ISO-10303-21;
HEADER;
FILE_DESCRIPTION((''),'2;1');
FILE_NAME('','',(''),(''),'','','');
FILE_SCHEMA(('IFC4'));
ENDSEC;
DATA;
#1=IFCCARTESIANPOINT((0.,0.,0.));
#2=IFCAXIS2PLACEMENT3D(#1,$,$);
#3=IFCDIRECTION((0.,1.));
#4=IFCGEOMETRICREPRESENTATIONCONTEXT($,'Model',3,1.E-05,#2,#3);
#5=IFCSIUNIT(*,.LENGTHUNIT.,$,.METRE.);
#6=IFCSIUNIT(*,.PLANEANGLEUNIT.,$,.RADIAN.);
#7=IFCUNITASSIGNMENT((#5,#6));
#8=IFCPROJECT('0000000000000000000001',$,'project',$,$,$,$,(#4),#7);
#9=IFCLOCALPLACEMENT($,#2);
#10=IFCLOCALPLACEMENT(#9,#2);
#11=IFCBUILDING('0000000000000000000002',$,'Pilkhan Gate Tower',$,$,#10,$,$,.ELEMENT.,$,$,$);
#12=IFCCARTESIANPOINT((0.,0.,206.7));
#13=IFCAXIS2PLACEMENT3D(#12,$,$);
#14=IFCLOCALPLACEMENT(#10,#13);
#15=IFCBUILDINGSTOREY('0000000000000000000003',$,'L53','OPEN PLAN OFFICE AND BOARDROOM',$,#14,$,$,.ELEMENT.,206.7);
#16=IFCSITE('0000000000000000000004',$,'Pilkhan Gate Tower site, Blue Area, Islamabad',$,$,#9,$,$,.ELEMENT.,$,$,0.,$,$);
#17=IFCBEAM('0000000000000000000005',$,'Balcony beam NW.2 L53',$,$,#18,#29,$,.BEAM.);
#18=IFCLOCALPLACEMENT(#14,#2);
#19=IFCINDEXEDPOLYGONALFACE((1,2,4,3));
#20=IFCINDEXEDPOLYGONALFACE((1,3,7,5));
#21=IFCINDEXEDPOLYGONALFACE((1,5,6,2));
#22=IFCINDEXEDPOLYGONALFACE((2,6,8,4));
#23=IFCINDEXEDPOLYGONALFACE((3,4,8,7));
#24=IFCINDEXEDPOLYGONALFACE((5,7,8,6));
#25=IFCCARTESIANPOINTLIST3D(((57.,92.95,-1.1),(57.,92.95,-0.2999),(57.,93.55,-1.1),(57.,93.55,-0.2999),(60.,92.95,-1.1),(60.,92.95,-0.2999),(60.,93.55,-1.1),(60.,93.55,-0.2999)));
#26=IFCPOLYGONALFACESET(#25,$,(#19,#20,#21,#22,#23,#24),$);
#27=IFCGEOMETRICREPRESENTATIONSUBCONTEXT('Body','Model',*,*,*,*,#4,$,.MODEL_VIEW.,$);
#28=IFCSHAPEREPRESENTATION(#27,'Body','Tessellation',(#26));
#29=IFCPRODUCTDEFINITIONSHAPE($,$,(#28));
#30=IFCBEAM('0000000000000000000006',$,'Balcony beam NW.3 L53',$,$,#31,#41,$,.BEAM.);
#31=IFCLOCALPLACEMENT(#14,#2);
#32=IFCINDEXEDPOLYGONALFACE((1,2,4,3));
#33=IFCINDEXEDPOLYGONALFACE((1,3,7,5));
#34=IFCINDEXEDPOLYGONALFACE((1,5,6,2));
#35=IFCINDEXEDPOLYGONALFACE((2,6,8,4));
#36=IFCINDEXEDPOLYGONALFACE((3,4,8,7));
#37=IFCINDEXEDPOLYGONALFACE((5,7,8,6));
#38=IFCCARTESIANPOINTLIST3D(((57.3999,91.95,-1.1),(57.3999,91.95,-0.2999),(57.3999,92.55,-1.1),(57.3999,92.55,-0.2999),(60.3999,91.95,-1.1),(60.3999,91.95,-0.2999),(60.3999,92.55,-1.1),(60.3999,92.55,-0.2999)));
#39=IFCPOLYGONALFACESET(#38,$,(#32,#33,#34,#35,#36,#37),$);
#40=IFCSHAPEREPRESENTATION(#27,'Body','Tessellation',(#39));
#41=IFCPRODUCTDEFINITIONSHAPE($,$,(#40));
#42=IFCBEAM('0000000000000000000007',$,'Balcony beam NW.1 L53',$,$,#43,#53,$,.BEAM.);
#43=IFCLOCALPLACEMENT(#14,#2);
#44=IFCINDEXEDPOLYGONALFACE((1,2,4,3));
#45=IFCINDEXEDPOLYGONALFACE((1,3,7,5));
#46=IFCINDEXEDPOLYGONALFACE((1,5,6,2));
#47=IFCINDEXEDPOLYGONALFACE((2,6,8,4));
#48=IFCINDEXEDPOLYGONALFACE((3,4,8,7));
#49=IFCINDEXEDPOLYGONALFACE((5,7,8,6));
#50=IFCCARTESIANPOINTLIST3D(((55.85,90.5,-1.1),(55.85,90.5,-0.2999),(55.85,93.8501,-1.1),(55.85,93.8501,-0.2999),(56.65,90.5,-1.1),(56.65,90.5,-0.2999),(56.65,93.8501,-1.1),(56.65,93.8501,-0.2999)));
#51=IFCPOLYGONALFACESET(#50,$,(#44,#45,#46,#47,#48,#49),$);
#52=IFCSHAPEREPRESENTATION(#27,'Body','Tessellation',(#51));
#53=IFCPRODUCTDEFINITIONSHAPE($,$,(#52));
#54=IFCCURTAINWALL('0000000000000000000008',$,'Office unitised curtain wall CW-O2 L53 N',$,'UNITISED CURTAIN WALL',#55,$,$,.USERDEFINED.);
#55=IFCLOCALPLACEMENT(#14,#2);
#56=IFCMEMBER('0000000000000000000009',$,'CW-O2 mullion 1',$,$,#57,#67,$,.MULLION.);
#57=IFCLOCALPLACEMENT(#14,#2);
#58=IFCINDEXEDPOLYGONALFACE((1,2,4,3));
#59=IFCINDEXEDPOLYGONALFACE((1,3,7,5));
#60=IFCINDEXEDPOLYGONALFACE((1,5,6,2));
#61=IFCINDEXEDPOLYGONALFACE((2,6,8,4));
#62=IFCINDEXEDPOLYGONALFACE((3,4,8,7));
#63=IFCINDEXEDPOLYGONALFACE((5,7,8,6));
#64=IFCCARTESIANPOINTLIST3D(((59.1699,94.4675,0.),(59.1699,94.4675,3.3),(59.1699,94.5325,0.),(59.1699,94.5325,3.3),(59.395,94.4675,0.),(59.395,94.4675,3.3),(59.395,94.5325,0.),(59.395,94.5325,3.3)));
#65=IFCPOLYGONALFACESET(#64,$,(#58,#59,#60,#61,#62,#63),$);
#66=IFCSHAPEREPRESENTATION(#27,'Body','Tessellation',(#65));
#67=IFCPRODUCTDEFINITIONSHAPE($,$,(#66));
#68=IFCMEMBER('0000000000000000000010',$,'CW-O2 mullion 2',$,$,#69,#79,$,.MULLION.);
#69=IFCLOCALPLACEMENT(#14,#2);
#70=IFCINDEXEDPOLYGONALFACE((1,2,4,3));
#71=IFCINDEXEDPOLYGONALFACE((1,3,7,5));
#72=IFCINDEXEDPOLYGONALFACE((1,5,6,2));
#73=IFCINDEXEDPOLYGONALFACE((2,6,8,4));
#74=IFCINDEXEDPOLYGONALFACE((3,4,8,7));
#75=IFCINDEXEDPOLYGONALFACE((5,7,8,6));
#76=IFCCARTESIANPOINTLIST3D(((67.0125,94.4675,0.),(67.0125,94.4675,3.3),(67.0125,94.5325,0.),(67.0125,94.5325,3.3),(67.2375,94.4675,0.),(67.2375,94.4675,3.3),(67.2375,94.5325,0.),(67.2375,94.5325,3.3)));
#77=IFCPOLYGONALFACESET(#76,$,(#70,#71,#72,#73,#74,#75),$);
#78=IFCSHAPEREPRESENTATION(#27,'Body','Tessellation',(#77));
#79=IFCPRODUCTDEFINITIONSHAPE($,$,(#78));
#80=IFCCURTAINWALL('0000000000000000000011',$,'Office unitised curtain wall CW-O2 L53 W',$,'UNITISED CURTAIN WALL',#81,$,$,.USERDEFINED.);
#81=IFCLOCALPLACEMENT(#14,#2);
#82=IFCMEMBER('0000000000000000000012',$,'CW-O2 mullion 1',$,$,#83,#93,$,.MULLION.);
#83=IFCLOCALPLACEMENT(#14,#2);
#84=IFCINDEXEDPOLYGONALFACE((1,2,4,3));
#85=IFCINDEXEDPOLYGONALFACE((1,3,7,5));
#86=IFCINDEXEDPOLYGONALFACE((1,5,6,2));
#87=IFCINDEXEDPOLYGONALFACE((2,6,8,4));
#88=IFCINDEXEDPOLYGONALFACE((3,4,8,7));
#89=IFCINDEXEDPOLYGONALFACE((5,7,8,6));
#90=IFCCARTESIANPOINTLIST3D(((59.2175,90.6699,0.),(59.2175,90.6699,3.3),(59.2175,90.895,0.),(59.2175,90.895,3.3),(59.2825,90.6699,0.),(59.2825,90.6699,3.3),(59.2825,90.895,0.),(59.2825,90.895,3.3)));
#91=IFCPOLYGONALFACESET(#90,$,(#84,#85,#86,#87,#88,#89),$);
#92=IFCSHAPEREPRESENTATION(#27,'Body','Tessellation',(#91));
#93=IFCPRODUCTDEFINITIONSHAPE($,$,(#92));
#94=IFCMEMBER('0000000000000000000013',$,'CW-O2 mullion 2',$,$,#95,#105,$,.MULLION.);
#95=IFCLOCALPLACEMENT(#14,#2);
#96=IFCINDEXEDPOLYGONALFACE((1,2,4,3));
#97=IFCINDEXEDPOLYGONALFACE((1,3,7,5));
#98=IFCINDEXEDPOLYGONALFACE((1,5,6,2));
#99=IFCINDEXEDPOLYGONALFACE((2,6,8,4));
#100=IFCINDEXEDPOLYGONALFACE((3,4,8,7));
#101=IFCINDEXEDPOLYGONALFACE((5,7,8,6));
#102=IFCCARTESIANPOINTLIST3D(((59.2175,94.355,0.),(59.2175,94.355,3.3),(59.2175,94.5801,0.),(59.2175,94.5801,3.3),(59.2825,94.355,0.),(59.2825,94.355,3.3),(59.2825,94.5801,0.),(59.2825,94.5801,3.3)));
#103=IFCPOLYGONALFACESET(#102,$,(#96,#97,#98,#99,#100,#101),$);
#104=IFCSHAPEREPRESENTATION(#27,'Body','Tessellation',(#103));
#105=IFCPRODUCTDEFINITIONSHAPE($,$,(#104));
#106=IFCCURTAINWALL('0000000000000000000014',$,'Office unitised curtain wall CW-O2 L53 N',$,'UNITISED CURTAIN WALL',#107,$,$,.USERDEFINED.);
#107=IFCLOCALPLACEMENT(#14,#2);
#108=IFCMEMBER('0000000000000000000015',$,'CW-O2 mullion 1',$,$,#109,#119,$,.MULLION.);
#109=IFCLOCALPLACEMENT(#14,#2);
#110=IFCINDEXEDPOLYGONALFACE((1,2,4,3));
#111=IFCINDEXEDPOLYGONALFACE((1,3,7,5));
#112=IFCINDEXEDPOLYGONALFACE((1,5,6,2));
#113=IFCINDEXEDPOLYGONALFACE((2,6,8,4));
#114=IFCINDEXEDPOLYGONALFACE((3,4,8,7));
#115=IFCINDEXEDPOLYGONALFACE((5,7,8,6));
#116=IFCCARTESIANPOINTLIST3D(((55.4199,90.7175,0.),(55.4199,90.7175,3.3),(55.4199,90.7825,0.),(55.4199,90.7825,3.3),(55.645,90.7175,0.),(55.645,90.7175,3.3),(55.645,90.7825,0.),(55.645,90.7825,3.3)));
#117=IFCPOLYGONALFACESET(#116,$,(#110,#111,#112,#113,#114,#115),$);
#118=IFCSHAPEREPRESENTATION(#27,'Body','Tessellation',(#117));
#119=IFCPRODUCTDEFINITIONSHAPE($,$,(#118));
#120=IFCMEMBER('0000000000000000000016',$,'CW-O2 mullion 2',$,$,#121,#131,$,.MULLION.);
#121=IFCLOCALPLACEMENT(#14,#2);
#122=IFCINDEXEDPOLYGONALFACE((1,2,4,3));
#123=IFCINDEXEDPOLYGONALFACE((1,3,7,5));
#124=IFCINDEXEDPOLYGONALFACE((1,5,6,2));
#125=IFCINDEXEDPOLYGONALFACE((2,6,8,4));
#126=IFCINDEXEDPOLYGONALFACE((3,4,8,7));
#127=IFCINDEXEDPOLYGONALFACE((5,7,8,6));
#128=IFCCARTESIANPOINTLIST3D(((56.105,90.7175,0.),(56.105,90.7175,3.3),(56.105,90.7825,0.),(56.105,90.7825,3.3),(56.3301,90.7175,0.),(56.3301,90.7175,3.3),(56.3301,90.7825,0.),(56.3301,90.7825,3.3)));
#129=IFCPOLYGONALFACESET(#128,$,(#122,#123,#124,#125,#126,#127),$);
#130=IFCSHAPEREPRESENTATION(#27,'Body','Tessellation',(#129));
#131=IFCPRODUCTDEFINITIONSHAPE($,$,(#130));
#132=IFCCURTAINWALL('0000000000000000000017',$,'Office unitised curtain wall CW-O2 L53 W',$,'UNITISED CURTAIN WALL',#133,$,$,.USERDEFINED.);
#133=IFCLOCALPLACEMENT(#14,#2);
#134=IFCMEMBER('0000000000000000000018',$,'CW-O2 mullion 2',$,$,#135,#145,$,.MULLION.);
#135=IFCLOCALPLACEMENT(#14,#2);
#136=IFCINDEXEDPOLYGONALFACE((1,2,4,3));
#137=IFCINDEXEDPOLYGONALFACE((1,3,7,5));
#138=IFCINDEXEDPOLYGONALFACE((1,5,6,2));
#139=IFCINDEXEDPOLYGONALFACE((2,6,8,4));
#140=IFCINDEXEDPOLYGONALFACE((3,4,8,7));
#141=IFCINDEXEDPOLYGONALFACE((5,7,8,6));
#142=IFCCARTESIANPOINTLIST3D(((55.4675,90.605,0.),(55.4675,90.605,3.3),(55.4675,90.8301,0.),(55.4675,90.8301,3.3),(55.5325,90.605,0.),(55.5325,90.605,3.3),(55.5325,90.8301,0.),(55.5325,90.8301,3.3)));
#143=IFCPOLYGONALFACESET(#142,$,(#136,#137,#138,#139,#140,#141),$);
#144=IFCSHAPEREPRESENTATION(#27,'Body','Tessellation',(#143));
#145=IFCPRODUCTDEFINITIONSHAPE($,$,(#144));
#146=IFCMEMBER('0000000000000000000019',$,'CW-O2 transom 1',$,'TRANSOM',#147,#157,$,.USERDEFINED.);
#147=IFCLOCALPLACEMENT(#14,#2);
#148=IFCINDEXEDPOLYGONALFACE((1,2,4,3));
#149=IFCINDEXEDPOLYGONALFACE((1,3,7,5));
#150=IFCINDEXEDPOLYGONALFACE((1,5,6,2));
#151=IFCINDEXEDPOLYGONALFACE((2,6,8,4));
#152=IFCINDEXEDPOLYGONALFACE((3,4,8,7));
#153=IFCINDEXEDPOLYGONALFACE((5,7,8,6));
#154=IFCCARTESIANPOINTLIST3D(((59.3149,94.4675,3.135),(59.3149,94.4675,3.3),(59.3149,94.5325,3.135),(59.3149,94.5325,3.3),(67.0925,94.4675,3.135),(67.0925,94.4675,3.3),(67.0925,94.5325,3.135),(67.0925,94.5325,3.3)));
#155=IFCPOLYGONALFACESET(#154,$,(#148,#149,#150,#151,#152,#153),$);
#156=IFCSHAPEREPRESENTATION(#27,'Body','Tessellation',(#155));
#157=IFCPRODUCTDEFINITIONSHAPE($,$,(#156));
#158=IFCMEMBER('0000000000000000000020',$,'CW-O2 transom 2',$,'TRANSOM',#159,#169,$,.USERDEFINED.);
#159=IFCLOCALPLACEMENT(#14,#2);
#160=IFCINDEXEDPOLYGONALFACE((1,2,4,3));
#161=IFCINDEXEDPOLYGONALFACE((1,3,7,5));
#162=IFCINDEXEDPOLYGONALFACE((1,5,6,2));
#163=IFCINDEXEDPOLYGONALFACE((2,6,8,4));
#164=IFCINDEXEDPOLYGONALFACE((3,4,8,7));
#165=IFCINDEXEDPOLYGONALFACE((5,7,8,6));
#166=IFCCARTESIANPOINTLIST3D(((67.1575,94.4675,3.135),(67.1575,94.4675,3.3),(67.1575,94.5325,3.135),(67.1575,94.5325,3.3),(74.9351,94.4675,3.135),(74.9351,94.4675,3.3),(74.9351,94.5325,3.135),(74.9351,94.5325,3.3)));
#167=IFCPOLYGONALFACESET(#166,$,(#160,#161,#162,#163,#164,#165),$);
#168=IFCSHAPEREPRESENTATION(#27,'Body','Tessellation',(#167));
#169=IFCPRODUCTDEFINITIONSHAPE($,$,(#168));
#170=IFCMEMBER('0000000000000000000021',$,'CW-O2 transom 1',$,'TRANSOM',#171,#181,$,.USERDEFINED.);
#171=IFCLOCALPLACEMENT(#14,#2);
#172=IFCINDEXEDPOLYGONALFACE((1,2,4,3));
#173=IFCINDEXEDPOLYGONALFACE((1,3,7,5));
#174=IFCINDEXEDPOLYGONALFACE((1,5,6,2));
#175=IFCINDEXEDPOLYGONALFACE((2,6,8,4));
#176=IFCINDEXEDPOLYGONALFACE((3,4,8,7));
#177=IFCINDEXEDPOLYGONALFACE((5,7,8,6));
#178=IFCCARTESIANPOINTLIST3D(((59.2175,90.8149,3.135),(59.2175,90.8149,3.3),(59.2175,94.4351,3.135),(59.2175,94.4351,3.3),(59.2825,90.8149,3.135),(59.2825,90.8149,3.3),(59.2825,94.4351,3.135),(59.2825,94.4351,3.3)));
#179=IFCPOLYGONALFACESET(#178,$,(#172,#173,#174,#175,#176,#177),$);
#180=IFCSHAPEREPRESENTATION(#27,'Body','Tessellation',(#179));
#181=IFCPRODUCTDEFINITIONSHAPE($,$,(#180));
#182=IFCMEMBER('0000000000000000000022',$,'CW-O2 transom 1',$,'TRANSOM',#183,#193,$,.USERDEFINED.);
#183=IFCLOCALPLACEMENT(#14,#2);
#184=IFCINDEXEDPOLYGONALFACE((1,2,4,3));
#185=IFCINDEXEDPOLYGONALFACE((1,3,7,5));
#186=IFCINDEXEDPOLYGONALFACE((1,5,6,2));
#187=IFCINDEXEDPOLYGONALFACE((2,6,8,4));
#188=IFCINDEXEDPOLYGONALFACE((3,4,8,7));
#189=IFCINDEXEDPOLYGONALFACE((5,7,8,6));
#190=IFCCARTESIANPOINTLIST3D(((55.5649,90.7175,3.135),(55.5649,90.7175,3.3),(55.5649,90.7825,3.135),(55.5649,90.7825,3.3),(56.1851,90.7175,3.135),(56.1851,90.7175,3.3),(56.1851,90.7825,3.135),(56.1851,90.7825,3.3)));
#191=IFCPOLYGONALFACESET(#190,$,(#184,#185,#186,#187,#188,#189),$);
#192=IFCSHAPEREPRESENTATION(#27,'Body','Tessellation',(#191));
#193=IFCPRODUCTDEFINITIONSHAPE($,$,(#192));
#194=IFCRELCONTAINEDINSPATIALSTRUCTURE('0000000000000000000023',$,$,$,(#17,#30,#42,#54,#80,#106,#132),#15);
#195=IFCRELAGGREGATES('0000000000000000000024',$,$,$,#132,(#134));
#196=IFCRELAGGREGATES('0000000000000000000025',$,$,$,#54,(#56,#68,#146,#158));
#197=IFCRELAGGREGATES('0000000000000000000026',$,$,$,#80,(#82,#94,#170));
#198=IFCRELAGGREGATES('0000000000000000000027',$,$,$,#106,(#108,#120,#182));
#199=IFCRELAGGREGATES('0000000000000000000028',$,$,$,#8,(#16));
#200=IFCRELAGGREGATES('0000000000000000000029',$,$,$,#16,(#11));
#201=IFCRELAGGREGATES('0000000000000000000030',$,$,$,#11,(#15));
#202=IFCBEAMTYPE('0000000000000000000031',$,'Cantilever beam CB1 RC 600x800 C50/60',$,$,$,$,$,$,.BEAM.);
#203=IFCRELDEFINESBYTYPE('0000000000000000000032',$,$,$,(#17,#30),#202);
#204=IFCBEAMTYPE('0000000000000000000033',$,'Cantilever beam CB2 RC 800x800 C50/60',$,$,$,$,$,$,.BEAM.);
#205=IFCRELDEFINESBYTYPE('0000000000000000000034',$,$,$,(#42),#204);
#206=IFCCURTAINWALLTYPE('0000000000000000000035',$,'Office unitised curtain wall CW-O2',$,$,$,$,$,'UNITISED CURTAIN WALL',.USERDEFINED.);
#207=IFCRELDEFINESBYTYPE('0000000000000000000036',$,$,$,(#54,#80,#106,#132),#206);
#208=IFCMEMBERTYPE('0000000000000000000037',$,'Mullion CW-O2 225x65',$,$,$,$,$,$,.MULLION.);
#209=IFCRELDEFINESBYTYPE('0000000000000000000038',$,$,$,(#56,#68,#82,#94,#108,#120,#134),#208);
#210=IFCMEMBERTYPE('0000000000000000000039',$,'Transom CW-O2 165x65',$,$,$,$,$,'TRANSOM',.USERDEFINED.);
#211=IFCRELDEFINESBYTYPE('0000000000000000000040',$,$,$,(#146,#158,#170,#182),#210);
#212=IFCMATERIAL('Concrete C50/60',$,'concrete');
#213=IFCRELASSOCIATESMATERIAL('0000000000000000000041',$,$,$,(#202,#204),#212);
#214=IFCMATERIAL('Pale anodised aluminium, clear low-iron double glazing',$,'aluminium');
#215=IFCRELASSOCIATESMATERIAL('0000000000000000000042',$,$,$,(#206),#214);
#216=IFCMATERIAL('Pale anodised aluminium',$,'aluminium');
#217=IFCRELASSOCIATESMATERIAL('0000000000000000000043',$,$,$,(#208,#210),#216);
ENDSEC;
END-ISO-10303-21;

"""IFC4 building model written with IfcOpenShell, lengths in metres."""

from ifc_helpers import new_model, si_unit, direction, frame, origin, origin_2d, place, context, subcontext, project, spatial, rectangle, extrude, material, material_profile, profile_set, type_object, element, aggregate, save


model = new_model("IFC4")

# Units and contexts
model_context = context("Model", 3, precision=1e-05, world=origin(), true_north=direction((0.0, 1.0)))
body_context = subcontext(model_context, "Body", "Model", "MODEL_VIEW")
ifc_project = project(units=[si_unit("LENGTHUNIT", "METRE"), si_unit("PLANEANGLEUNIT", "RADIAN")], contexts=[model_context])

# Site, building, storey
site_placement = place(None, origin())
site = spatial("IfcSite", under=ifc_project, at=site_placement, Name="Pilkhan Gate Tower site, Blue Area, Islamabad", CompositionType="ELEMENT", RefElevation=0.0)
building_placement = place(site_placement, origin())
building = spatial("IfcBuilding", under=site, at=building_placement, Name="Pilkhan Gate Tower", CompositionType="ELEMENT")
storey_placement = place(building_placement, frame((0.0, 0.0, 206.7)))
storey = spatial("IfcBuildingStorey", under=building, at=storey_placement, Name="L53", Description="OPEN PLAN OFFICE AND BOARDROOM", CompositionType="ELEMENT", Elevation=206.7)

# Beams
ifc_material_1 = material(Name="Concrete C50/60", Category="concrete")
ifc_material_profile_1 = material_profile(ifc_material_1, rectangle(XDim=0.6001, YDim=0.8, at=origin_2d()), Name="RC 600x800")
ifc_profile_set_1 = profile_set([ifc_material_profile_1], Name="Concrete C50/60")
beam_type_1 = type_object("IfcBeamType", Name="Cantilever beam CB1 RC 600x800 C50/60", PredefinedType="BEAM", material=ifc_profile_set_1)
for number, where, z_axis, x_axis, name in (
    (1, (60.0, 93.25, -0.7), (-1.0, 0.0, 0.0), (0.0, -1.0, 0.0), "Balcony beam NW.2 L53"),
    (2, (60.3999, 92.25, -0.7), (-1.0, 0.0, 0.0), (0.0, -1.0, 0.0), "Balcony beam NW.3 L53"),
):
    element("IfcBeam", number, at=place(storey_placement, frame(where, z_axis=z_axis, x_axis=x_axis)), inside=storey, type_object=beam_type_1, Name=name, PredefinedType="BEAM", context=body_context, shape_type="SweptSolid", body=[
        extrude(rectangle(XDim=0.6001, YDim=0.8, at=origin_2d()), origin(), (0.0, 0.0, 1.0), 3.0),
    ])
ifc_material_profile_2 = material_profile(ifc_material_1, rectangle(XDim=0.8, YDim=0.8, at=origin_2d()), Name="RC 800x800")
ifc_profile_set_2 = profile_set([ifc_material_profile_2], Name="Concrete C50/60")
beam_type_2 = type_object("IfcBeamType", Name="Cantilever beam CB2 RC 800x800 C50/60", PredefinedType="BEAM", material=ifc_profile_set_2)
beam_placement = place(storey_placement, frame((56.25, 90.5, -0.7), z_axis=(0.0, 1.0, 0.0), x_axis=(-1.0, 0.0, 0.0)))
element("IfcBeam", 3, at=beam_placement, inside=storey, type_object=beam_type_2, Name="Balcony beam NW.1 L53", PredefinedType="BEAM", context=body_context, shape_type="SweptSolid", body=[
    extrude(rectangle(XDim=0.8, YDim=0.8, at=origin_2d()), origin(), (0.0, 0.0, 1.0), 3.3501),
])

# Curtain walls, members
ifc_material_2 = material(Name="Pale anodised aluminium, clear low-iron double glazing", Category="aluminium")
curtain_wall_type = type_object("IfcCurtainWallType", Name="Office unitised curtain wall CW-O2", ElementType="UNITISED CURTAIN WALL", PredefinedType="USERDEFINED", material=ifc_material_2)
curtain_wall_1_placement = place(storey_placement, origin())
curtain_wall_1 = element("IfcCurtainWall", 4, at=curtain_wall_1_placement, inside=storey, type_object=curtain_wall_type, Name="Office unitised curtain wall CW-O2 L53 N", ObjectType="UNITISED CURTAIN WALL", PredefinedType="USERDEFINED")
ifc_material_3 = material(Name="Pale anodised aluminium", Category="aluminium")
ifc_material_profile_3 = material_profile(ifc_material_3, rectangle(XDim=0.0649, YDim=0.2251, at=origin_2d()), Name="Mullion 225x65")
ifc_profile_set_3 = profile_set([ifc_material_profile_3], Name="Pale anodised aluminium")
member_type_1 = type_object("IfcMemberType", Name="Mullion CW-O2 225x65", PredefinedType="MULLION", material=ifc_profile_set_3)
member_1_placement = place(storey_placement, frame((59.2825, 94.5, 0.0), z_axis=(0.0, 0.0, 1.0), x_axis=(0.0, 1.0, 0.0)))
member_1 = element("IfcMember", 5, at=member_1_placement, type_object=member_type_1, Name="CW-O2 mullion 1", PredefinedType="MULLION", context=body_context, shape_type="SweptSolid", body=[
    extrude(rectangle(XDim=0.0649, YDim=0.2251, at=origin_2d()), origin(), (0.0, 0.0, 1.0), 3.3),
])
member_2_placement = place(storey_placement, frame((67.125, 94.5, 0.0), z_axis=(0.0, 0.0, 1.0), x_axis=(0.0, 1.0, 0.0)))
member_2 = element("IfcMember", 6, at=member_2_placement, type_object=member_type_1, Name="CW-O2 mullion 2", PredefinedType="MULLION", context=body_context, shape_type="SweptSolid", body=[
    extrude(rectangle(XDim=0.0649, YDim=0.2251, at=origin_2d()), origin(), (0.0, 0.0, 1.0), 3.3),
])
curtain_wall_2_placement = place(storey_placement, origin())
curtain_wall_2 = element("IfcCurtainWall", 7, at=curtain_wall_2_placement, inside=storey, type_object=curtain_wall_type, Name="Office unitised curtain wall CW-O2 L53 W", ObjectType="UNITISED CURTAIN WALL", PredefinedType="USERDEFINED")
member_3_placement = place(storey_placement, frame((59.25, 90.7825, 0.0), z_axis=(0.0, 0.0, 1.0), x_axis=(-1.0, 0.0, 0.0)))
member_3 = element("IfcMember", 8, at=member_3_placement, type_object=member_type_1, Name="CW-O2 mullion 1", PredefinedType="MULLION", context=body_context, shape_type="SweptSolid", body=[
    extrude(rectangle(XDim=0.0649, YDim=0.2251, at=origin_2d()), origin(), (0.0, 0.0, 1.0), 3.3),
])
member_4_placement = place(storey_placement, frame((59.25, 94.4675, 0.0), z_axis=(0.0, 0.0, 1.0), x_axis=(-1.0, 0.0, 0.0)))
member_4 = element("IfcMember", 9, at=member_4_placement, type_object=member_type_1, Name="CW-O2 mullion 2", PredefinedType="MULLION", context=body_context, shape_type="SweptSolid", body=[
    extrude(rectangle(XDim=0.0649, YDim=0.2251, at=origin_2d()), origin(), (0.0, 0.0, 1.0), 3.3),
])
curtain_wall_3_placement = place(storey_placement, origin())
curtain_wall_3 = element("IfcCurtainWall", 10, at=curtain_wall_3_placement, inside=storey, type_object=curtain_wall_type, Name="Office unitised curtain wall CW-O2 L53 N", ObjectType="UNITISED CURTAIN WALL", PredefinedType="USERDEFINED")
member_5_placement = place(storey_placement, frame((55.5325, 90.75, 0.0), z_axis=(0.0, 0.0, 1.0), x_axis=(0.0, 1.0, 0.0)))
member_5 = element("IfcMember", 11, at=member_5_placement, type_object=member_type_1, Name="CW-O2 mullion 1", PredefinedType="MULLION", context=body_context, shape_type="SweptSolid", body=[
    extrude(rectangle(XDim=0.0649, YDim=0.2251, at=origin_2d()), origin(), (0.0, 0.0, 1.0), 3.3),
])
member_6_placement = place(storey_placement, frame((56.2175, 90.75, 0.0), z_axis=(0.0, 0.0, 1.0), x_axis=(0.0, 1.0, 0.0)))
member_6 = element("IfcMember", 12, at=member_6_placement, type_object=member_type_1, Name="CW-O2 mullion 2", PredefinedType="MULLION", context=body_context, shape_type="SweptSolid", body=[
    extrude(rectangle(XDim=0.0649, YDim=0.2251, at=origin_2d()), origin(), (0.0, 0.0, 1.0), 3.3),
])

# Curtain wall, member
curtain_wall_4_placement = place(storey_placement, origin())
curtain_wall_4 = element("IfcCurtainWall", 13, at=curtain_wall_4_placement, inside=storey, type_object=curtain_wall_type, Name="Office unitised curtain wall CW-O2 L53 W", ObjectType="UNITISED CURTAIN WALL", PredefinedType="USERDEFINED")
member_7_placement = place(storey_placement, frame((55.5, 90.7175, 0.0), z_axis=(0.0, 0.0, 1.0), x_axis=(-1.0, 0.0, 0.0)))
member_7 = element("IfcMember", 14, at=member_7_placement, type_object=member_type_1, Name="CW-O2 mullion 2", PredefinedType="MULLION", context=body_context, shape_type="SweptSolid", body=[
    extrude(rectangle(XDim=0.0649, YDim=0.2251, at=origin_2d()), origin(), (0.0, 0.0, 1.0), 3.3),
])
aggregate(curtain_wall_4, [member_7])

# Members
ifc_material_profile_4 = material_profile(ifc_material_3, rectangle(XDim=0.0649, YDim=0.165, at=origin_2d()), Name="Transom 165x65")
ifc_profile_set_4 = profile_set([ifc_material_profile_4], Name="Pale anodised aluminium")
member_type_2 = type_object("IfcMemberType", Name="Transom CW-O2 165x65", ElementType="TRANSOM", PredefinedType="USERDEFINED", material=ifc_profile_set_4)
member_8_placement = place(storey_placement, frame((59.3149, 94.5, 3.2175), z_axis=(1.0, 0.0, 0.0), x_axis=(0.0, 1.0, 0.0)))
member_8 = element("IfcMember", 15, at=member_8_placement, type_object=member_type_2, Name="CW-O2 transom 1", ObjectType="TRANSOM", PredefinedType="USERDEFINED", context=body_context, shape_type="SweptSolid", body=[
    extrude(rectangle(XDim=0.0649, YDim=0.165, at=origin_2d()), origin(), (0.0, 0.0, 1.0), 7.7776),
])
member_9_placement = place(storey_placement, frame((67.1575, 94.5, 3.2175), z_axis=(1.0, 0.0, 0.0), x_axis=(0.0, 1.0, 0.0)))
member_9 = element("IfcMember", 16, at=member_9_placement, type_object=member_type_2, Name="CW-O2 transom 2", ObjectType="TRANSOM", PredefinedType="USERDEFINED", context=body_context, shape_type="SweptSolid", body=[
    extrude(rectangle(XDim=0.0649, YDim=0.165, at=origin_2d()), origin(), (0.0, 0.0, 1.0), 7.7776),
])
member_10_placement = place(storey_placement, frame((59.25, 90.8149, 3.2175), z_axis=(0.0, 1.0, 0.0), x_axis=(-1.0, 0.0, 0.0)))
member_10 = element("IfcMember", 17, at=member_10_placement, type_object=member_type_2, Name="CW-O2 transom 1", ObjectType="TRANSOM", PredefinedType="USERDEFINED", context=body_context, shape_type="SweptSolid", body=[
    extrude(rectangle(XDim=0.0649, YDim=0.165, at=origin_2d()), origin(), (0.0, 0.0, 1.0), 3.6201),
])
member_11_placement = place(storey_placement, frame((55.5649, 90.75, 3.2175), z_axis=(1.0, 0.0, 0.0), x_axis=(0.0, 1.0, 0.0)))
member_11 = element("IfcMember", 18, at=member_11_placement, type_object=member_type_2, Name="CW-O2 transom 1", ObjectType="TRANSOM", PredefinedType="USERDEFINED", context=body_context, shape_type="SweptSolid", body=[
    extrude(rectangle(XDim=0.0649, YDim=0.165, at=origin_2d()), origin(), (0.0, 0.0, 1.0), 0.6201),
])

aggregate(curtain_wall_1, [member_1, member_2, member_8, member_9])
aggregate(curtain_wall_2, [member_3, member_4, member_10])
aggregate(curtain_wall_3, [member_5, member_6, member_11])

save(model, "model.ifc")
